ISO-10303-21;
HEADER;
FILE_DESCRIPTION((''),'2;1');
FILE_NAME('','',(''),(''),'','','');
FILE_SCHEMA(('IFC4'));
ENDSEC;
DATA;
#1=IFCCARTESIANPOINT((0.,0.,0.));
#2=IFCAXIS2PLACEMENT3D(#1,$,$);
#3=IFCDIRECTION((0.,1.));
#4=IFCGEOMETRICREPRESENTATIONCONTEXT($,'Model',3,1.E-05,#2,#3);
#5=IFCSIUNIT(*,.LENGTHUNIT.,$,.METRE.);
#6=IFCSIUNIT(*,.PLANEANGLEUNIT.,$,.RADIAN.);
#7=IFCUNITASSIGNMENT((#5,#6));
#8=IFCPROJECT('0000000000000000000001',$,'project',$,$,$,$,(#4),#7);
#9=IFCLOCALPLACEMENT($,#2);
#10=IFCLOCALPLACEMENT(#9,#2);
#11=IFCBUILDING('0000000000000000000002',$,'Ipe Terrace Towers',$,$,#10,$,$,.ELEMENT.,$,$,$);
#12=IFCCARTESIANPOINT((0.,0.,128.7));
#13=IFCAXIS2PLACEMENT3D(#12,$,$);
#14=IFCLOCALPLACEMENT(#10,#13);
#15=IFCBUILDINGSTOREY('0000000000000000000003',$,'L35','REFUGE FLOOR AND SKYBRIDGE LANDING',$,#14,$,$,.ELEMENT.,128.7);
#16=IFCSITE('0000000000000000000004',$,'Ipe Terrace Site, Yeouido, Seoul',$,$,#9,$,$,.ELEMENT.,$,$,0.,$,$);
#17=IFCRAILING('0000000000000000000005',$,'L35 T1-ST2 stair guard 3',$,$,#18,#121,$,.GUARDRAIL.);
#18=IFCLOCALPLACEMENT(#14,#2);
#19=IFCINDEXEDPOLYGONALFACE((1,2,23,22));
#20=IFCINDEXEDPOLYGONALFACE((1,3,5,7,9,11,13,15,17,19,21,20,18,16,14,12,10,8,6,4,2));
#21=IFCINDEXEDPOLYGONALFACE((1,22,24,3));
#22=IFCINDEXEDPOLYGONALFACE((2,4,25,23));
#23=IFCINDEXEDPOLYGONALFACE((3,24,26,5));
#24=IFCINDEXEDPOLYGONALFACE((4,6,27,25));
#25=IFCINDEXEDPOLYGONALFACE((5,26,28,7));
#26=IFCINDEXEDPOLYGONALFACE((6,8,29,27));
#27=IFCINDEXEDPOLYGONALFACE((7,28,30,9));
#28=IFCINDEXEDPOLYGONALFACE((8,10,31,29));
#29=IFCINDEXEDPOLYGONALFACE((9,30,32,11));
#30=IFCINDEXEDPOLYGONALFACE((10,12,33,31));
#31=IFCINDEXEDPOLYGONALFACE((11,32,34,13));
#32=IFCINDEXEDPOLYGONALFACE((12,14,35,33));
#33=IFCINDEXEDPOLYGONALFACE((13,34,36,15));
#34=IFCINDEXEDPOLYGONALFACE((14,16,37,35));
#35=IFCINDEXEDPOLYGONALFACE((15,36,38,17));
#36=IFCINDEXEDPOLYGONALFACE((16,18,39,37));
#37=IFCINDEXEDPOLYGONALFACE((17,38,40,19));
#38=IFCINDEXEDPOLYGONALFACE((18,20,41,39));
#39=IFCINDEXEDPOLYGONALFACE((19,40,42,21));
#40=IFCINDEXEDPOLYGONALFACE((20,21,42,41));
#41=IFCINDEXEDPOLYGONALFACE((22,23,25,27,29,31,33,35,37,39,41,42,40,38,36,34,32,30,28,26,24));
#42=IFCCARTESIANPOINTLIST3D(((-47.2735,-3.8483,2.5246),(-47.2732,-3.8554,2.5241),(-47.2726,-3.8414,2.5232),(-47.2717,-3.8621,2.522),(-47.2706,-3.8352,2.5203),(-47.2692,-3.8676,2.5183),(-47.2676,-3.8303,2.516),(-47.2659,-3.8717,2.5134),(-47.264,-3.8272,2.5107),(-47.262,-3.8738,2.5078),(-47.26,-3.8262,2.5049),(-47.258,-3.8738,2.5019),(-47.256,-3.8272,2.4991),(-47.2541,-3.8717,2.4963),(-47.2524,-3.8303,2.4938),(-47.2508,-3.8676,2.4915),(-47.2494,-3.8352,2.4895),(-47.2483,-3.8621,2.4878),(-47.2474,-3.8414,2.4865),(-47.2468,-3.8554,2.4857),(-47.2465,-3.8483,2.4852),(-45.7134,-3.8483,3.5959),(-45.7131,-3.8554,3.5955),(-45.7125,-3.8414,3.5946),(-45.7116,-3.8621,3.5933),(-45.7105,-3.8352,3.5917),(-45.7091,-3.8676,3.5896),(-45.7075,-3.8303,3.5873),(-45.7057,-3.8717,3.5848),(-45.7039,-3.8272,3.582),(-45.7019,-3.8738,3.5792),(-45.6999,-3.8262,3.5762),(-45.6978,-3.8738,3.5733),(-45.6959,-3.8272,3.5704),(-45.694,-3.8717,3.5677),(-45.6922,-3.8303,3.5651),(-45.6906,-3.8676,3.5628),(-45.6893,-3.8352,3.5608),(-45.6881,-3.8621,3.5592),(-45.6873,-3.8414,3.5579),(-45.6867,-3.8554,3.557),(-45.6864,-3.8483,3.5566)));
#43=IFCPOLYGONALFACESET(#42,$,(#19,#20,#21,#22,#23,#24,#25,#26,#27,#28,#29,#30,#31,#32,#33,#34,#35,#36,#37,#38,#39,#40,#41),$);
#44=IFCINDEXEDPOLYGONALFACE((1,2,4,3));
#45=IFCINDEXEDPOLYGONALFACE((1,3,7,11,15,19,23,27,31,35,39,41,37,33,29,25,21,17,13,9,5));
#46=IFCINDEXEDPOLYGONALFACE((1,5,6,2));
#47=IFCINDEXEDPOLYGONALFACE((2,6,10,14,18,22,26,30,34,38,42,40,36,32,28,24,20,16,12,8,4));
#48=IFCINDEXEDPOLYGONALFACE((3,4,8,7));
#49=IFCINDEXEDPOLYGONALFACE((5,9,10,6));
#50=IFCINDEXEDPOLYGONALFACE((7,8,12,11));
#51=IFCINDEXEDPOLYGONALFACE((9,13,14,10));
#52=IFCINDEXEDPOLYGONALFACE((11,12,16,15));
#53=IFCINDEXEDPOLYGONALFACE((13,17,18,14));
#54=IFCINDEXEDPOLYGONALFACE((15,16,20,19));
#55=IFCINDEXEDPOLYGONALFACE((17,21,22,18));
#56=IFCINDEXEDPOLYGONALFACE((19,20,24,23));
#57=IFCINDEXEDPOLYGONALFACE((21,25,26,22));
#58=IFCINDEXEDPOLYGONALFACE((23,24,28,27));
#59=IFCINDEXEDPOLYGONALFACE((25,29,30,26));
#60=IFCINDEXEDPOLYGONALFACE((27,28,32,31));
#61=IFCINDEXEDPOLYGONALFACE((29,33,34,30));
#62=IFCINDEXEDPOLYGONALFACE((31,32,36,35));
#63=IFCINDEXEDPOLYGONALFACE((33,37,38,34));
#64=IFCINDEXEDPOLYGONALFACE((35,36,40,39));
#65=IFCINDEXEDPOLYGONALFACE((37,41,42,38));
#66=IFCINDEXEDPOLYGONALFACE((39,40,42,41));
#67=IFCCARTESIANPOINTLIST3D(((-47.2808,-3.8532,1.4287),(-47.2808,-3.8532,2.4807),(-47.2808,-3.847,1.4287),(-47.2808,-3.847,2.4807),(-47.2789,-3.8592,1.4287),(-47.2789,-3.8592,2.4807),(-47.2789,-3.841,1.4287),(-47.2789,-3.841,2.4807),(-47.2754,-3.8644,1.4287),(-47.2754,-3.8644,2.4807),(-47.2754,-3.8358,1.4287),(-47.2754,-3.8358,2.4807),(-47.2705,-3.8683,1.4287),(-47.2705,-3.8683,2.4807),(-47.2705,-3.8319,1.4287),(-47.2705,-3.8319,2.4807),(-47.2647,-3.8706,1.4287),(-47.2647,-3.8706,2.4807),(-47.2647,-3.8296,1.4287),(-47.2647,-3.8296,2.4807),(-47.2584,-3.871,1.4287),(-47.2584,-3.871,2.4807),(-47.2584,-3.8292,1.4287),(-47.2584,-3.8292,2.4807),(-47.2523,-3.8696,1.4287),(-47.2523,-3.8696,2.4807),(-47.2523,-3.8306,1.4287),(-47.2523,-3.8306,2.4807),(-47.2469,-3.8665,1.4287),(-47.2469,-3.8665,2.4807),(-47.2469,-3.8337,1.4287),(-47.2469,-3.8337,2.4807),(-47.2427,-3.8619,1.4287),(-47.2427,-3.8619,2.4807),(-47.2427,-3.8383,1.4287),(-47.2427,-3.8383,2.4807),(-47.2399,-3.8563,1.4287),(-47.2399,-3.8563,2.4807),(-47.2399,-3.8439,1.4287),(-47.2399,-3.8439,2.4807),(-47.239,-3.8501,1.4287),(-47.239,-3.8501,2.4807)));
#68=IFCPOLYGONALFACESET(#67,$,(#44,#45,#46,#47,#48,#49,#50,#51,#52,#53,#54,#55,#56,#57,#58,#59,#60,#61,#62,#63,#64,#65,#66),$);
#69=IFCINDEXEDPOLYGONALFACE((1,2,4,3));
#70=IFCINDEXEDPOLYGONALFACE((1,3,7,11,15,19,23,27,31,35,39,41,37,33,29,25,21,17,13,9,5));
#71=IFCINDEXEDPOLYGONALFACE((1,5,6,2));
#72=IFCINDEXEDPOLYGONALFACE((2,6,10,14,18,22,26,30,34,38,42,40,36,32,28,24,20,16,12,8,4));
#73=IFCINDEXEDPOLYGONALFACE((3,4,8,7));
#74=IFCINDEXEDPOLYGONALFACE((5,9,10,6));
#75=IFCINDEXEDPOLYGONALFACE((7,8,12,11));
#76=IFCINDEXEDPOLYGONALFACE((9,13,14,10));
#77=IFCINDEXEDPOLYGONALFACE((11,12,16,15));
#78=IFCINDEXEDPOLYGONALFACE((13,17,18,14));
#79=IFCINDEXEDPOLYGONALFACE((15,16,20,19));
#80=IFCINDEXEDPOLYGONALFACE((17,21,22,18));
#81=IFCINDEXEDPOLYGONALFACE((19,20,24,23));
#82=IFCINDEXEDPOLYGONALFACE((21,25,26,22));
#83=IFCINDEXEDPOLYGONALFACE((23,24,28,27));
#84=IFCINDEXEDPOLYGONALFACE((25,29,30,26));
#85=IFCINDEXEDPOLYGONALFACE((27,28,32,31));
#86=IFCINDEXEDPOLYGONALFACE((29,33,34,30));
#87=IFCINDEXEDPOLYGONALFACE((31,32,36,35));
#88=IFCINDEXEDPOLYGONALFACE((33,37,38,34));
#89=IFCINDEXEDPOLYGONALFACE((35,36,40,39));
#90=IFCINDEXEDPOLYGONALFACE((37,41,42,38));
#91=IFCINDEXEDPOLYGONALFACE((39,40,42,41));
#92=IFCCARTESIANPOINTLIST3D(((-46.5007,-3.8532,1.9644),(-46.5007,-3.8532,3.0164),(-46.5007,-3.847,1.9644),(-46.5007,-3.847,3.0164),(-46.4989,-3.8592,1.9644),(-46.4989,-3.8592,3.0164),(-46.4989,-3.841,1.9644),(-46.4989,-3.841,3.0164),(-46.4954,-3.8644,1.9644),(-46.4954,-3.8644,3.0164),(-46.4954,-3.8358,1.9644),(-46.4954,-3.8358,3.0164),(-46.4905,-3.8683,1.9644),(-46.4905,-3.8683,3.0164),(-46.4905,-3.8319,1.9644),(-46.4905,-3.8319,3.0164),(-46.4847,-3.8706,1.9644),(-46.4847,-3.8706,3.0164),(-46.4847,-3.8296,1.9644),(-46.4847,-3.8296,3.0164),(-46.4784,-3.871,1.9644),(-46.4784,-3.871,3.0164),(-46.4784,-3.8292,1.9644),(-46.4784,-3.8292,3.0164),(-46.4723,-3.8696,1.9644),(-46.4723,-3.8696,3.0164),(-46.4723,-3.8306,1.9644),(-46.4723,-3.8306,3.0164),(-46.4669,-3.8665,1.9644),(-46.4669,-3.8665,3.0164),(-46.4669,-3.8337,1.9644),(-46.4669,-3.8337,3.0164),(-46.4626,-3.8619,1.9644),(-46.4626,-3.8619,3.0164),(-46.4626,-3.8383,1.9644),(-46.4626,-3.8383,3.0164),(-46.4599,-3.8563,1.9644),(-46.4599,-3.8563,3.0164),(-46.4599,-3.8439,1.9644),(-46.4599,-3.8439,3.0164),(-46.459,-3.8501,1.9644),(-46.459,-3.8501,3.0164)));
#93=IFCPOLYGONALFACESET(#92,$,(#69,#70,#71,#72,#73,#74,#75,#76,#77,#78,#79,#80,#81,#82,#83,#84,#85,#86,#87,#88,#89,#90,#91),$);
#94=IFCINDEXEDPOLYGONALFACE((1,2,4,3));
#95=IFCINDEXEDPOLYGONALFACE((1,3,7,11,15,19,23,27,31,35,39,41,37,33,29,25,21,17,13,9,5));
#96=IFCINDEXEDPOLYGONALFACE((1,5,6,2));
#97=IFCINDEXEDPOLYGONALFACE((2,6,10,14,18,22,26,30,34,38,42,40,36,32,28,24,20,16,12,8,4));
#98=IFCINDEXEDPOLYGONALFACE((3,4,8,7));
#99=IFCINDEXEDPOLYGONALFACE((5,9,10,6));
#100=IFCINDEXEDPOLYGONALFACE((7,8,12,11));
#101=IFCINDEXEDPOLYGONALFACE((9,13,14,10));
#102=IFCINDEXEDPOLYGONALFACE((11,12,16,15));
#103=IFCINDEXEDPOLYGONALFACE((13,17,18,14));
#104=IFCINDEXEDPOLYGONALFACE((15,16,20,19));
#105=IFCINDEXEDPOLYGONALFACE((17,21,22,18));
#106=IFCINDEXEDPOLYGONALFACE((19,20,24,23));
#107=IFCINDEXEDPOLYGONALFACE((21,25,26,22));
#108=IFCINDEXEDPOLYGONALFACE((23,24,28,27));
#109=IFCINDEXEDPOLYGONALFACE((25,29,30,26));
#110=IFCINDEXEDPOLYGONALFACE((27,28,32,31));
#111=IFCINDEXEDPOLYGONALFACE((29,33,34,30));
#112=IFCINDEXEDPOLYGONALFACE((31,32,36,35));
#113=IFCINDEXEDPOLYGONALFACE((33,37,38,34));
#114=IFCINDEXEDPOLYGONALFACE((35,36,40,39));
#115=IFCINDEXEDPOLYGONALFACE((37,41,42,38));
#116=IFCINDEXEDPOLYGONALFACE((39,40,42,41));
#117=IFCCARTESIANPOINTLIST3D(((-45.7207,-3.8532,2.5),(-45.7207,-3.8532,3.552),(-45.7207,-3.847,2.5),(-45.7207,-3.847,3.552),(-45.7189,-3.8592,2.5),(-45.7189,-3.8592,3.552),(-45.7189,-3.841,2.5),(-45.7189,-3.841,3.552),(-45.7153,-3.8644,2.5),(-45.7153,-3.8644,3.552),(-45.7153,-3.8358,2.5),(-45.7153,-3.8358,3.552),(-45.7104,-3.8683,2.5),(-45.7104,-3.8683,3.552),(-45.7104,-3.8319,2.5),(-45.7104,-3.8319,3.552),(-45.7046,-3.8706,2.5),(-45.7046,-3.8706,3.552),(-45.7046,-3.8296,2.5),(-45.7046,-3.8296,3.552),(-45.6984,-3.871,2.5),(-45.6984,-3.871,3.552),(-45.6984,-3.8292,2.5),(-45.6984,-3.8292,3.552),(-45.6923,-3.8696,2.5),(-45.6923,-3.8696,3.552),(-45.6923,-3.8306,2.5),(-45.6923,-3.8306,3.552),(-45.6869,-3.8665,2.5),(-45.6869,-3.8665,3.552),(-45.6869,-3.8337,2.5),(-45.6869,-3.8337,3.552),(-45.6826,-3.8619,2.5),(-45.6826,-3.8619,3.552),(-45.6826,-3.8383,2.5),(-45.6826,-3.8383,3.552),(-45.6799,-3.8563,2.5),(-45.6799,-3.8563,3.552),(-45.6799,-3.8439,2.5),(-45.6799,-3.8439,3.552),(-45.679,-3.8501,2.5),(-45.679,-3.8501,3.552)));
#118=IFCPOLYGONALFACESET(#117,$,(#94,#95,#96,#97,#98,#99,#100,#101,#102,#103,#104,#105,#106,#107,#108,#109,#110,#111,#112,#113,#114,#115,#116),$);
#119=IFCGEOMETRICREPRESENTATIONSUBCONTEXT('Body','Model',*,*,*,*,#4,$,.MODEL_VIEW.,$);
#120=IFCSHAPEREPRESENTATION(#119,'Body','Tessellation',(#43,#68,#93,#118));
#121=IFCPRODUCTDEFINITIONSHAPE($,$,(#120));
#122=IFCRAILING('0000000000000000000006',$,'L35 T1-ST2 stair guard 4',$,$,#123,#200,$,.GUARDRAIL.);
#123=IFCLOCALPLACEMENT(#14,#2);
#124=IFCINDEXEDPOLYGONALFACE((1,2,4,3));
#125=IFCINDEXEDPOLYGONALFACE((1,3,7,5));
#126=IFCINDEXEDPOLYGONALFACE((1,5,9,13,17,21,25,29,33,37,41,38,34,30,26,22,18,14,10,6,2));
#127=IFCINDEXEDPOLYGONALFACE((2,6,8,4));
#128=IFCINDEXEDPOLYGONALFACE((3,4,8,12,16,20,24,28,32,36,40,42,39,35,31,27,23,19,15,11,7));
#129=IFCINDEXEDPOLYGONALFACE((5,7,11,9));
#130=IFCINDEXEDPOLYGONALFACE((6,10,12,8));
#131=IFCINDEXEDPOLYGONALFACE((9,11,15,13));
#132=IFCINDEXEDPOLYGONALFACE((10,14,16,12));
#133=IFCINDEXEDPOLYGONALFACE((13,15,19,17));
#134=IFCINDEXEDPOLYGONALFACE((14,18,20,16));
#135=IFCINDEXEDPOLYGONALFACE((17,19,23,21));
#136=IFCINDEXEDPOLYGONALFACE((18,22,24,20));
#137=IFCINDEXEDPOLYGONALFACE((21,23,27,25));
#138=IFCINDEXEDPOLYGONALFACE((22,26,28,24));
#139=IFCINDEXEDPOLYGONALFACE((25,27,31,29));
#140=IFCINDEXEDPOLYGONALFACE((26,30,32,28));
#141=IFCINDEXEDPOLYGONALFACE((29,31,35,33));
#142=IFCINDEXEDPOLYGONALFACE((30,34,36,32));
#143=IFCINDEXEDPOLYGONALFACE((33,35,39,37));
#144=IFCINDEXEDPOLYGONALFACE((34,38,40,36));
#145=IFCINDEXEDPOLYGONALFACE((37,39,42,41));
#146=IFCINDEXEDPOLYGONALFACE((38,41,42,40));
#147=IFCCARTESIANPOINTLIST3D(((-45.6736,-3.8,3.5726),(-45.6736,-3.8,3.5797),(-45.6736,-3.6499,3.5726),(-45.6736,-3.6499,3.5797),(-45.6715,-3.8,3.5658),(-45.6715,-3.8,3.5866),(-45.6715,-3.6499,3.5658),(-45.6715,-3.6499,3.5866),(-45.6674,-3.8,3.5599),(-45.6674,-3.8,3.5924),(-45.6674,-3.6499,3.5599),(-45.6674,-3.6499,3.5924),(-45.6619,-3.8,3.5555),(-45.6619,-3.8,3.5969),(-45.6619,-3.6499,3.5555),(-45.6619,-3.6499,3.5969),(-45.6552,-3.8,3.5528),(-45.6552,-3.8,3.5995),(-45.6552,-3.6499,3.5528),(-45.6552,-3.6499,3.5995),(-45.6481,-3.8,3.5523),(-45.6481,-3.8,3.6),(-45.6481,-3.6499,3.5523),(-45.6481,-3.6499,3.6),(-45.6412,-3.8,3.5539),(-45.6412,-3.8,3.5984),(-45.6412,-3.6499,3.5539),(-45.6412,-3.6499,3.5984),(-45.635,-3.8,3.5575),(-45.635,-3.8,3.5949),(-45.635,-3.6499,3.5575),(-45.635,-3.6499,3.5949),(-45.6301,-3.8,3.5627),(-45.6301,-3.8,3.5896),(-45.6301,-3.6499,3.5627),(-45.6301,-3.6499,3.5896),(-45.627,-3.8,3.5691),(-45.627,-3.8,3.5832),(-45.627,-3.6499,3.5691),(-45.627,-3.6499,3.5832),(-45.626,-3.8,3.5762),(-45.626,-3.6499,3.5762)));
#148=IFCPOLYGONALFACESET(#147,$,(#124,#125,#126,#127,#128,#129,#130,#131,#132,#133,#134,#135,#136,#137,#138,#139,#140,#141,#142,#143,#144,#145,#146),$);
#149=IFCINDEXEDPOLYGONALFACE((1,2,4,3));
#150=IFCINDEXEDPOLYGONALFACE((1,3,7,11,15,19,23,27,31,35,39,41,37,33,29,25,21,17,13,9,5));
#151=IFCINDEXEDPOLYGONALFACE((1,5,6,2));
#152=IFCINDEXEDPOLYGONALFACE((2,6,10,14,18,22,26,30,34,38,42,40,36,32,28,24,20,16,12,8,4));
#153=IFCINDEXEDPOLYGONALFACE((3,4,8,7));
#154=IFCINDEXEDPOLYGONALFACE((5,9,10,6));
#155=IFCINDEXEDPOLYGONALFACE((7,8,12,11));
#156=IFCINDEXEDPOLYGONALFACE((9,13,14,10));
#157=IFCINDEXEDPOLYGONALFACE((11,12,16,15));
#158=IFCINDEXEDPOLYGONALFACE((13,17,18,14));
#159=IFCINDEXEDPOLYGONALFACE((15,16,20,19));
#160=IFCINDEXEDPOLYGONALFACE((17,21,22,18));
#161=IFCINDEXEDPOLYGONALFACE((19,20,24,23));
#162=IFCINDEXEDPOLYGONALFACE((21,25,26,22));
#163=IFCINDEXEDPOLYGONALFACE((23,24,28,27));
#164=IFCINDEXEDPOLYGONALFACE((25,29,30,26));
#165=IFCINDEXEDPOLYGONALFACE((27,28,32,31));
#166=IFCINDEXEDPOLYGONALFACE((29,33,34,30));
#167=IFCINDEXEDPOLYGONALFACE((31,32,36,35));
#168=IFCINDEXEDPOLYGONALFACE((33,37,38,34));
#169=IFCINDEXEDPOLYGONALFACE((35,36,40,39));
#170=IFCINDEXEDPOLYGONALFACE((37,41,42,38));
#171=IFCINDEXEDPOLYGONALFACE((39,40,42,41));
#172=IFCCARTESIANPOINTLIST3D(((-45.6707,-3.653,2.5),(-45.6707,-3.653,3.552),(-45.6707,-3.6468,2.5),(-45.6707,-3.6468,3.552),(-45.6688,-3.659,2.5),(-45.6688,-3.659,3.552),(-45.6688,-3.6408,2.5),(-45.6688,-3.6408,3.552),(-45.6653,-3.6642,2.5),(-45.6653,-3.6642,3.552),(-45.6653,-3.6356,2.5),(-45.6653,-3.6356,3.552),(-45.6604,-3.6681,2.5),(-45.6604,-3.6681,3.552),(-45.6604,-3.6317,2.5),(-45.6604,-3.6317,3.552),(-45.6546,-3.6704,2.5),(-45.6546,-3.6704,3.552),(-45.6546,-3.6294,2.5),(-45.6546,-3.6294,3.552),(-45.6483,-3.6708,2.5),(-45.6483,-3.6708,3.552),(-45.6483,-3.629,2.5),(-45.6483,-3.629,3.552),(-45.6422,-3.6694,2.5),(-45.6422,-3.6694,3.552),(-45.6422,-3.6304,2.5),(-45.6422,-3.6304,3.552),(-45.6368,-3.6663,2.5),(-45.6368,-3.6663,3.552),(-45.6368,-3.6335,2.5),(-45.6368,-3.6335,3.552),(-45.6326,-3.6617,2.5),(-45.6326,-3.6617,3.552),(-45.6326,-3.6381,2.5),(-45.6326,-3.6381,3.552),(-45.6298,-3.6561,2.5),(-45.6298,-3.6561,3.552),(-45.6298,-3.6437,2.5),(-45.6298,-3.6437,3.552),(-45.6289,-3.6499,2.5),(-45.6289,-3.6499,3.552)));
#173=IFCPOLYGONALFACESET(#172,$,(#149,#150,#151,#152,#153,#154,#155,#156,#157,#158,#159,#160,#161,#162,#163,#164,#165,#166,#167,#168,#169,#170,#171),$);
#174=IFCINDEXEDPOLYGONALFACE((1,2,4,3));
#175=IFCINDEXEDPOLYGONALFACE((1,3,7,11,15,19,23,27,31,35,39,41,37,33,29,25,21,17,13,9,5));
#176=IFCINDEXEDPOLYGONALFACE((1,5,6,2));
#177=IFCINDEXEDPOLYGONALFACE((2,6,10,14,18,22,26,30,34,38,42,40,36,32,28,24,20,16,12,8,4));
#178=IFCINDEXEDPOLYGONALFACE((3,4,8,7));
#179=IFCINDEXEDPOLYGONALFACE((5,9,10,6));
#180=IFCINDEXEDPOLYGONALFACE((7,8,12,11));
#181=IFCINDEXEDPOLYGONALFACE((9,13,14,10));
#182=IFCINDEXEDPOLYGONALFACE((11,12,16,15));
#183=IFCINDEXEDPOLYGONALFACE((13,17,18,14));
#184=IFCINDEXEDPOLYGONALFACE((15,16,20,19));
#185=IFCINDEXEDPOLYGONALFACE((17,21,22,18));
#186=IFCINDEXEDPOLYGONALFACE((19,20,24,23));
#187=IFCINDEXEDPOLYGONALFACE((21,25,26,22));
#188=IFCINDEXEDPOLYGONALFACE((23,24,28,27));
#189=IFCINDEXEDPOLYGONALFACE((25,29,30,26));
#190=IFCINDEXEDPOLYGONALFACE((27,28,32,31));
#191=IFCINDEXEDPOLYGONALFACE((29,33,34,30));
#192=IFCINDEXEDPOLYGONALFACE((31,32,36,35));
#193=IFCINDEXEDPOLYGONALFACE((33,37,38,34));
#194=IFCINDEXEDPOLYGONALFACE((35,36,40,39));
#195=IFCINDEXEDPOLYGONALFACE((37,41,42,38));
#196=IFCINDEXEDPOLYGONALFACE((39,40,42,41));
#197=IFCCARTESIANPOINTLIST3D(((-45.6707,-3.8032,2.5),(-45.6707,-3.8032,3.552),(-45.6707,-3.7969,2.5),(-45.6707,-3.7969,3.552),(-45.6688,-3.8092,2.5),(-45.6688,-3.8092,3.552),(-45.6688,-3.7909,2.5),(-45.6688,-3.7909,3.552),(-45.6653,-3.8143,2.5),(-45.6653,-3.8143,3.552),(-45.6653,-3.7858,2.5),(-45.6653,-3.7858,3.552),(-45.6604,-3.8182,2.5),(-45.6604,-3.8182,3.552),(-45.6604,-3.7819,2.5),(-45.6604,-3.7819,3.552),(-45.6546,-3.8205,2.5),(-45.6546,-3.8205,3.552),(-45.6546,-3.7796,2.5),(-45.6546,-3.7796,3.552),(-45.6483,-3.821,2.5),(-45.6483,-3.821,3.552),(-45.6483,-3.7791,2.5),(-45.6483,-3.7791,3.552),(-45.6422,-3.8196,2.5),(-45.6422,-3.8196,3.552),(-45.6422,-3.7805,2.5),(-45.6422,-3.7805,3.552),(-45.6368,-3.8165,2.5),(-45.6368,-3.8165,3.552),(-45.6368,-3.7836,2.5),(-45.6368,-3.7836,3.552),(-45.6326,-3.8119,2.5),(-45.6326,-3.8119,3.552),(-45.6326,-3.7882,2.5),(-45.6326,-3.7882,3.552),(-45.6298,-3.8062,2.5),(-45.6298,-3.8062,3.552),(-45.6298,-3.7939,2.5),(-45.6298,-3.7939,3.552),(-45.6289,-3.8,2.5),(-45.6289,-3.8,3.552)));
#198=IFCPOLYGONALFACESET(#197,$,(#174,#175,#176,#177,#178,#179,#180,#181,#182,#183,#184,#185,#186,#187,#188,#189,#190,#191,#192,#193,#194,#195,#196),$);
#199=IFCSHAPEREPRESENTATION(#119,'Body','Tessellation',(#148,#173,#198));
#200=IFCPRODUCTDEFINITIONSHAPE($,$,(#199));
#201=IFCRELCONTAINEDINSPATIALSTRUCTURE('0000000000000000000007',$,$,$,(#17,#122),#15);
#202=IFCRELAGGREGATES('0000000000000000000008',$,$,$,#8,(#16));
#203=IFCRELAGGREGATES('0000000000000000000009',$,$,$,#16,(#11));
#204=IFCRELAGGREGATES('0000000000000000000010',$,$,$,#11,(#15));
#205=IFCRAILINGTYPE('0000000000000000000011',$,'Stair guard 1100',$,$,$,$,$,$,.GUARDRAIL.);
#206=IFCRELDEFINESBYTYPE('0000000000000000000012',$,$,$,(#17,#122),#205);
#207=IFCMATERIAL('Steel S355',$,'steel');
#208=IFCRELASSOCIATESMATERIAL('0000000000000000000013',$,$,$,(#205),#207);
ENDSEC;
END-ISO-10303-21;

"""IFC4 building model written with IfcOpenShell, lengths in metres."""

from ifc_helpers import new_model, si_unit, direction, frame, origin, origin_2d, place, context, subcontext, project, spatial, circle, extrude, material, type_object, element, save


model = new_model("IFC4")

# Units and contexts
model_context = context("Model", 3, precision=1e-05, world=origin(), true_north=direction((0.0, 1.0)))
body_context = subcontext(model_context, "Body", "Model", "MODEL_VIEW")
ifc_project = project(units=[si_unit("LENGTHUNIT", "METRE"), si_unit("PLANEANGLEUNIT", "RADIAN")], contexts=[model_context])

# Site, building, storey
site_placement = place(None, origin())
site = spatial("IfcSite", under=ifc_project, at=site_placement, Name="Ipe Terrace Site, Yeouido, Seoul", CompositionType="ELEMENT", RefElevation=0.0)
building_placement = place(site_placement, origin())
building = spatial("IfcBuilding", under=site, at=building_placement, Name="Ipe Terrace Towers", CompositionType="ELEMENT")
storey_placement = place(building_placement, frame((0.0, 0.0, 128.7)))
storey = spatial("IfcBuildingStorey", under=building, at=storey_placement, Name="L35", Description="REFUGE FLOOR AND SKYBRIDGE LANDING", CompositionType="ELEMENT", Elevation=128.7)

# Railings
ifc_material_1 = material(Name="Steel S355", Category="steel")
railing_type_1 = type_object("IfcRailingType", Name="Stair guard 1100", PredefinedType="GUARDRAIL", material=ifc_material_1)
railing_1_placement = place(storey_placement, frame((-47.26, -3.8501, 1.4287)))
element("IfcRailing", 1, at=railing_1_placement, inside=storey, type_object=railing_type_1, Name="L35 T1-ST2 stair guard 3", PredefinedType="GUARDRAIL", context=body_context, shape_type="SweptSolid", body=[
    extrude(circle(Radius=0.0239, at=origin_2d()), frame((0.0, 0.0, 1.0762), z_axis=(0.82435, 0.0, 0.56608), x_axis=(0.0, 1.0, 0.0)), (0.0, 0.0, 1.0), 1.8926),
    extrude(circle(Radius=0.021, at=origin_2d()), origin(), (0.0, 0.0, 1.0), 1.052),
    extrude(circle(Radius=0.021, at=origin_2d()), frame((0.78, 0.0, 0.5356)), (0.0, 0.0, 1.0), 1.052),
    extrude(circle(Radius=0.021, at=origin_2d()), frame((1.5601, 0.0, 1.0713)), (0.0, 0.0, 1.0), 1.052),
])
railing_2_placement = place(storey_placement, frame((-45.6499, -3.6499, 2.5)))
element("IfcRailing", 2, at=railing_2_placement, inside=storey, type_object=railing_type_1, Name="L35 T1-ST2 stair guard 4", PredefinedType="GUARDRAIL", context=body_context, shape_type="SweptSolid", body=[
    extrude(circle(Radius=0.0239, at=origin_2d()), frame((0.0, 0.0, 1.0762), z_axis=(0.0, -1.0, 0.0), x_axis=(1.0, 0.0, 0.0)), (0.0, 0.0, 1.0), 0.1501),
    extrude(circle(Radius=0.021, at=origin_2d()), origin(), (0.0, 0.0, 1.0), 1.052),
    extrude(circle(Radius=0.021, at=origin_2d()), frame((0.0, -0.1501, 0.0)), (0.0, 0.0, 1.0), 1.052),
])

save(model, "model.ifc")
